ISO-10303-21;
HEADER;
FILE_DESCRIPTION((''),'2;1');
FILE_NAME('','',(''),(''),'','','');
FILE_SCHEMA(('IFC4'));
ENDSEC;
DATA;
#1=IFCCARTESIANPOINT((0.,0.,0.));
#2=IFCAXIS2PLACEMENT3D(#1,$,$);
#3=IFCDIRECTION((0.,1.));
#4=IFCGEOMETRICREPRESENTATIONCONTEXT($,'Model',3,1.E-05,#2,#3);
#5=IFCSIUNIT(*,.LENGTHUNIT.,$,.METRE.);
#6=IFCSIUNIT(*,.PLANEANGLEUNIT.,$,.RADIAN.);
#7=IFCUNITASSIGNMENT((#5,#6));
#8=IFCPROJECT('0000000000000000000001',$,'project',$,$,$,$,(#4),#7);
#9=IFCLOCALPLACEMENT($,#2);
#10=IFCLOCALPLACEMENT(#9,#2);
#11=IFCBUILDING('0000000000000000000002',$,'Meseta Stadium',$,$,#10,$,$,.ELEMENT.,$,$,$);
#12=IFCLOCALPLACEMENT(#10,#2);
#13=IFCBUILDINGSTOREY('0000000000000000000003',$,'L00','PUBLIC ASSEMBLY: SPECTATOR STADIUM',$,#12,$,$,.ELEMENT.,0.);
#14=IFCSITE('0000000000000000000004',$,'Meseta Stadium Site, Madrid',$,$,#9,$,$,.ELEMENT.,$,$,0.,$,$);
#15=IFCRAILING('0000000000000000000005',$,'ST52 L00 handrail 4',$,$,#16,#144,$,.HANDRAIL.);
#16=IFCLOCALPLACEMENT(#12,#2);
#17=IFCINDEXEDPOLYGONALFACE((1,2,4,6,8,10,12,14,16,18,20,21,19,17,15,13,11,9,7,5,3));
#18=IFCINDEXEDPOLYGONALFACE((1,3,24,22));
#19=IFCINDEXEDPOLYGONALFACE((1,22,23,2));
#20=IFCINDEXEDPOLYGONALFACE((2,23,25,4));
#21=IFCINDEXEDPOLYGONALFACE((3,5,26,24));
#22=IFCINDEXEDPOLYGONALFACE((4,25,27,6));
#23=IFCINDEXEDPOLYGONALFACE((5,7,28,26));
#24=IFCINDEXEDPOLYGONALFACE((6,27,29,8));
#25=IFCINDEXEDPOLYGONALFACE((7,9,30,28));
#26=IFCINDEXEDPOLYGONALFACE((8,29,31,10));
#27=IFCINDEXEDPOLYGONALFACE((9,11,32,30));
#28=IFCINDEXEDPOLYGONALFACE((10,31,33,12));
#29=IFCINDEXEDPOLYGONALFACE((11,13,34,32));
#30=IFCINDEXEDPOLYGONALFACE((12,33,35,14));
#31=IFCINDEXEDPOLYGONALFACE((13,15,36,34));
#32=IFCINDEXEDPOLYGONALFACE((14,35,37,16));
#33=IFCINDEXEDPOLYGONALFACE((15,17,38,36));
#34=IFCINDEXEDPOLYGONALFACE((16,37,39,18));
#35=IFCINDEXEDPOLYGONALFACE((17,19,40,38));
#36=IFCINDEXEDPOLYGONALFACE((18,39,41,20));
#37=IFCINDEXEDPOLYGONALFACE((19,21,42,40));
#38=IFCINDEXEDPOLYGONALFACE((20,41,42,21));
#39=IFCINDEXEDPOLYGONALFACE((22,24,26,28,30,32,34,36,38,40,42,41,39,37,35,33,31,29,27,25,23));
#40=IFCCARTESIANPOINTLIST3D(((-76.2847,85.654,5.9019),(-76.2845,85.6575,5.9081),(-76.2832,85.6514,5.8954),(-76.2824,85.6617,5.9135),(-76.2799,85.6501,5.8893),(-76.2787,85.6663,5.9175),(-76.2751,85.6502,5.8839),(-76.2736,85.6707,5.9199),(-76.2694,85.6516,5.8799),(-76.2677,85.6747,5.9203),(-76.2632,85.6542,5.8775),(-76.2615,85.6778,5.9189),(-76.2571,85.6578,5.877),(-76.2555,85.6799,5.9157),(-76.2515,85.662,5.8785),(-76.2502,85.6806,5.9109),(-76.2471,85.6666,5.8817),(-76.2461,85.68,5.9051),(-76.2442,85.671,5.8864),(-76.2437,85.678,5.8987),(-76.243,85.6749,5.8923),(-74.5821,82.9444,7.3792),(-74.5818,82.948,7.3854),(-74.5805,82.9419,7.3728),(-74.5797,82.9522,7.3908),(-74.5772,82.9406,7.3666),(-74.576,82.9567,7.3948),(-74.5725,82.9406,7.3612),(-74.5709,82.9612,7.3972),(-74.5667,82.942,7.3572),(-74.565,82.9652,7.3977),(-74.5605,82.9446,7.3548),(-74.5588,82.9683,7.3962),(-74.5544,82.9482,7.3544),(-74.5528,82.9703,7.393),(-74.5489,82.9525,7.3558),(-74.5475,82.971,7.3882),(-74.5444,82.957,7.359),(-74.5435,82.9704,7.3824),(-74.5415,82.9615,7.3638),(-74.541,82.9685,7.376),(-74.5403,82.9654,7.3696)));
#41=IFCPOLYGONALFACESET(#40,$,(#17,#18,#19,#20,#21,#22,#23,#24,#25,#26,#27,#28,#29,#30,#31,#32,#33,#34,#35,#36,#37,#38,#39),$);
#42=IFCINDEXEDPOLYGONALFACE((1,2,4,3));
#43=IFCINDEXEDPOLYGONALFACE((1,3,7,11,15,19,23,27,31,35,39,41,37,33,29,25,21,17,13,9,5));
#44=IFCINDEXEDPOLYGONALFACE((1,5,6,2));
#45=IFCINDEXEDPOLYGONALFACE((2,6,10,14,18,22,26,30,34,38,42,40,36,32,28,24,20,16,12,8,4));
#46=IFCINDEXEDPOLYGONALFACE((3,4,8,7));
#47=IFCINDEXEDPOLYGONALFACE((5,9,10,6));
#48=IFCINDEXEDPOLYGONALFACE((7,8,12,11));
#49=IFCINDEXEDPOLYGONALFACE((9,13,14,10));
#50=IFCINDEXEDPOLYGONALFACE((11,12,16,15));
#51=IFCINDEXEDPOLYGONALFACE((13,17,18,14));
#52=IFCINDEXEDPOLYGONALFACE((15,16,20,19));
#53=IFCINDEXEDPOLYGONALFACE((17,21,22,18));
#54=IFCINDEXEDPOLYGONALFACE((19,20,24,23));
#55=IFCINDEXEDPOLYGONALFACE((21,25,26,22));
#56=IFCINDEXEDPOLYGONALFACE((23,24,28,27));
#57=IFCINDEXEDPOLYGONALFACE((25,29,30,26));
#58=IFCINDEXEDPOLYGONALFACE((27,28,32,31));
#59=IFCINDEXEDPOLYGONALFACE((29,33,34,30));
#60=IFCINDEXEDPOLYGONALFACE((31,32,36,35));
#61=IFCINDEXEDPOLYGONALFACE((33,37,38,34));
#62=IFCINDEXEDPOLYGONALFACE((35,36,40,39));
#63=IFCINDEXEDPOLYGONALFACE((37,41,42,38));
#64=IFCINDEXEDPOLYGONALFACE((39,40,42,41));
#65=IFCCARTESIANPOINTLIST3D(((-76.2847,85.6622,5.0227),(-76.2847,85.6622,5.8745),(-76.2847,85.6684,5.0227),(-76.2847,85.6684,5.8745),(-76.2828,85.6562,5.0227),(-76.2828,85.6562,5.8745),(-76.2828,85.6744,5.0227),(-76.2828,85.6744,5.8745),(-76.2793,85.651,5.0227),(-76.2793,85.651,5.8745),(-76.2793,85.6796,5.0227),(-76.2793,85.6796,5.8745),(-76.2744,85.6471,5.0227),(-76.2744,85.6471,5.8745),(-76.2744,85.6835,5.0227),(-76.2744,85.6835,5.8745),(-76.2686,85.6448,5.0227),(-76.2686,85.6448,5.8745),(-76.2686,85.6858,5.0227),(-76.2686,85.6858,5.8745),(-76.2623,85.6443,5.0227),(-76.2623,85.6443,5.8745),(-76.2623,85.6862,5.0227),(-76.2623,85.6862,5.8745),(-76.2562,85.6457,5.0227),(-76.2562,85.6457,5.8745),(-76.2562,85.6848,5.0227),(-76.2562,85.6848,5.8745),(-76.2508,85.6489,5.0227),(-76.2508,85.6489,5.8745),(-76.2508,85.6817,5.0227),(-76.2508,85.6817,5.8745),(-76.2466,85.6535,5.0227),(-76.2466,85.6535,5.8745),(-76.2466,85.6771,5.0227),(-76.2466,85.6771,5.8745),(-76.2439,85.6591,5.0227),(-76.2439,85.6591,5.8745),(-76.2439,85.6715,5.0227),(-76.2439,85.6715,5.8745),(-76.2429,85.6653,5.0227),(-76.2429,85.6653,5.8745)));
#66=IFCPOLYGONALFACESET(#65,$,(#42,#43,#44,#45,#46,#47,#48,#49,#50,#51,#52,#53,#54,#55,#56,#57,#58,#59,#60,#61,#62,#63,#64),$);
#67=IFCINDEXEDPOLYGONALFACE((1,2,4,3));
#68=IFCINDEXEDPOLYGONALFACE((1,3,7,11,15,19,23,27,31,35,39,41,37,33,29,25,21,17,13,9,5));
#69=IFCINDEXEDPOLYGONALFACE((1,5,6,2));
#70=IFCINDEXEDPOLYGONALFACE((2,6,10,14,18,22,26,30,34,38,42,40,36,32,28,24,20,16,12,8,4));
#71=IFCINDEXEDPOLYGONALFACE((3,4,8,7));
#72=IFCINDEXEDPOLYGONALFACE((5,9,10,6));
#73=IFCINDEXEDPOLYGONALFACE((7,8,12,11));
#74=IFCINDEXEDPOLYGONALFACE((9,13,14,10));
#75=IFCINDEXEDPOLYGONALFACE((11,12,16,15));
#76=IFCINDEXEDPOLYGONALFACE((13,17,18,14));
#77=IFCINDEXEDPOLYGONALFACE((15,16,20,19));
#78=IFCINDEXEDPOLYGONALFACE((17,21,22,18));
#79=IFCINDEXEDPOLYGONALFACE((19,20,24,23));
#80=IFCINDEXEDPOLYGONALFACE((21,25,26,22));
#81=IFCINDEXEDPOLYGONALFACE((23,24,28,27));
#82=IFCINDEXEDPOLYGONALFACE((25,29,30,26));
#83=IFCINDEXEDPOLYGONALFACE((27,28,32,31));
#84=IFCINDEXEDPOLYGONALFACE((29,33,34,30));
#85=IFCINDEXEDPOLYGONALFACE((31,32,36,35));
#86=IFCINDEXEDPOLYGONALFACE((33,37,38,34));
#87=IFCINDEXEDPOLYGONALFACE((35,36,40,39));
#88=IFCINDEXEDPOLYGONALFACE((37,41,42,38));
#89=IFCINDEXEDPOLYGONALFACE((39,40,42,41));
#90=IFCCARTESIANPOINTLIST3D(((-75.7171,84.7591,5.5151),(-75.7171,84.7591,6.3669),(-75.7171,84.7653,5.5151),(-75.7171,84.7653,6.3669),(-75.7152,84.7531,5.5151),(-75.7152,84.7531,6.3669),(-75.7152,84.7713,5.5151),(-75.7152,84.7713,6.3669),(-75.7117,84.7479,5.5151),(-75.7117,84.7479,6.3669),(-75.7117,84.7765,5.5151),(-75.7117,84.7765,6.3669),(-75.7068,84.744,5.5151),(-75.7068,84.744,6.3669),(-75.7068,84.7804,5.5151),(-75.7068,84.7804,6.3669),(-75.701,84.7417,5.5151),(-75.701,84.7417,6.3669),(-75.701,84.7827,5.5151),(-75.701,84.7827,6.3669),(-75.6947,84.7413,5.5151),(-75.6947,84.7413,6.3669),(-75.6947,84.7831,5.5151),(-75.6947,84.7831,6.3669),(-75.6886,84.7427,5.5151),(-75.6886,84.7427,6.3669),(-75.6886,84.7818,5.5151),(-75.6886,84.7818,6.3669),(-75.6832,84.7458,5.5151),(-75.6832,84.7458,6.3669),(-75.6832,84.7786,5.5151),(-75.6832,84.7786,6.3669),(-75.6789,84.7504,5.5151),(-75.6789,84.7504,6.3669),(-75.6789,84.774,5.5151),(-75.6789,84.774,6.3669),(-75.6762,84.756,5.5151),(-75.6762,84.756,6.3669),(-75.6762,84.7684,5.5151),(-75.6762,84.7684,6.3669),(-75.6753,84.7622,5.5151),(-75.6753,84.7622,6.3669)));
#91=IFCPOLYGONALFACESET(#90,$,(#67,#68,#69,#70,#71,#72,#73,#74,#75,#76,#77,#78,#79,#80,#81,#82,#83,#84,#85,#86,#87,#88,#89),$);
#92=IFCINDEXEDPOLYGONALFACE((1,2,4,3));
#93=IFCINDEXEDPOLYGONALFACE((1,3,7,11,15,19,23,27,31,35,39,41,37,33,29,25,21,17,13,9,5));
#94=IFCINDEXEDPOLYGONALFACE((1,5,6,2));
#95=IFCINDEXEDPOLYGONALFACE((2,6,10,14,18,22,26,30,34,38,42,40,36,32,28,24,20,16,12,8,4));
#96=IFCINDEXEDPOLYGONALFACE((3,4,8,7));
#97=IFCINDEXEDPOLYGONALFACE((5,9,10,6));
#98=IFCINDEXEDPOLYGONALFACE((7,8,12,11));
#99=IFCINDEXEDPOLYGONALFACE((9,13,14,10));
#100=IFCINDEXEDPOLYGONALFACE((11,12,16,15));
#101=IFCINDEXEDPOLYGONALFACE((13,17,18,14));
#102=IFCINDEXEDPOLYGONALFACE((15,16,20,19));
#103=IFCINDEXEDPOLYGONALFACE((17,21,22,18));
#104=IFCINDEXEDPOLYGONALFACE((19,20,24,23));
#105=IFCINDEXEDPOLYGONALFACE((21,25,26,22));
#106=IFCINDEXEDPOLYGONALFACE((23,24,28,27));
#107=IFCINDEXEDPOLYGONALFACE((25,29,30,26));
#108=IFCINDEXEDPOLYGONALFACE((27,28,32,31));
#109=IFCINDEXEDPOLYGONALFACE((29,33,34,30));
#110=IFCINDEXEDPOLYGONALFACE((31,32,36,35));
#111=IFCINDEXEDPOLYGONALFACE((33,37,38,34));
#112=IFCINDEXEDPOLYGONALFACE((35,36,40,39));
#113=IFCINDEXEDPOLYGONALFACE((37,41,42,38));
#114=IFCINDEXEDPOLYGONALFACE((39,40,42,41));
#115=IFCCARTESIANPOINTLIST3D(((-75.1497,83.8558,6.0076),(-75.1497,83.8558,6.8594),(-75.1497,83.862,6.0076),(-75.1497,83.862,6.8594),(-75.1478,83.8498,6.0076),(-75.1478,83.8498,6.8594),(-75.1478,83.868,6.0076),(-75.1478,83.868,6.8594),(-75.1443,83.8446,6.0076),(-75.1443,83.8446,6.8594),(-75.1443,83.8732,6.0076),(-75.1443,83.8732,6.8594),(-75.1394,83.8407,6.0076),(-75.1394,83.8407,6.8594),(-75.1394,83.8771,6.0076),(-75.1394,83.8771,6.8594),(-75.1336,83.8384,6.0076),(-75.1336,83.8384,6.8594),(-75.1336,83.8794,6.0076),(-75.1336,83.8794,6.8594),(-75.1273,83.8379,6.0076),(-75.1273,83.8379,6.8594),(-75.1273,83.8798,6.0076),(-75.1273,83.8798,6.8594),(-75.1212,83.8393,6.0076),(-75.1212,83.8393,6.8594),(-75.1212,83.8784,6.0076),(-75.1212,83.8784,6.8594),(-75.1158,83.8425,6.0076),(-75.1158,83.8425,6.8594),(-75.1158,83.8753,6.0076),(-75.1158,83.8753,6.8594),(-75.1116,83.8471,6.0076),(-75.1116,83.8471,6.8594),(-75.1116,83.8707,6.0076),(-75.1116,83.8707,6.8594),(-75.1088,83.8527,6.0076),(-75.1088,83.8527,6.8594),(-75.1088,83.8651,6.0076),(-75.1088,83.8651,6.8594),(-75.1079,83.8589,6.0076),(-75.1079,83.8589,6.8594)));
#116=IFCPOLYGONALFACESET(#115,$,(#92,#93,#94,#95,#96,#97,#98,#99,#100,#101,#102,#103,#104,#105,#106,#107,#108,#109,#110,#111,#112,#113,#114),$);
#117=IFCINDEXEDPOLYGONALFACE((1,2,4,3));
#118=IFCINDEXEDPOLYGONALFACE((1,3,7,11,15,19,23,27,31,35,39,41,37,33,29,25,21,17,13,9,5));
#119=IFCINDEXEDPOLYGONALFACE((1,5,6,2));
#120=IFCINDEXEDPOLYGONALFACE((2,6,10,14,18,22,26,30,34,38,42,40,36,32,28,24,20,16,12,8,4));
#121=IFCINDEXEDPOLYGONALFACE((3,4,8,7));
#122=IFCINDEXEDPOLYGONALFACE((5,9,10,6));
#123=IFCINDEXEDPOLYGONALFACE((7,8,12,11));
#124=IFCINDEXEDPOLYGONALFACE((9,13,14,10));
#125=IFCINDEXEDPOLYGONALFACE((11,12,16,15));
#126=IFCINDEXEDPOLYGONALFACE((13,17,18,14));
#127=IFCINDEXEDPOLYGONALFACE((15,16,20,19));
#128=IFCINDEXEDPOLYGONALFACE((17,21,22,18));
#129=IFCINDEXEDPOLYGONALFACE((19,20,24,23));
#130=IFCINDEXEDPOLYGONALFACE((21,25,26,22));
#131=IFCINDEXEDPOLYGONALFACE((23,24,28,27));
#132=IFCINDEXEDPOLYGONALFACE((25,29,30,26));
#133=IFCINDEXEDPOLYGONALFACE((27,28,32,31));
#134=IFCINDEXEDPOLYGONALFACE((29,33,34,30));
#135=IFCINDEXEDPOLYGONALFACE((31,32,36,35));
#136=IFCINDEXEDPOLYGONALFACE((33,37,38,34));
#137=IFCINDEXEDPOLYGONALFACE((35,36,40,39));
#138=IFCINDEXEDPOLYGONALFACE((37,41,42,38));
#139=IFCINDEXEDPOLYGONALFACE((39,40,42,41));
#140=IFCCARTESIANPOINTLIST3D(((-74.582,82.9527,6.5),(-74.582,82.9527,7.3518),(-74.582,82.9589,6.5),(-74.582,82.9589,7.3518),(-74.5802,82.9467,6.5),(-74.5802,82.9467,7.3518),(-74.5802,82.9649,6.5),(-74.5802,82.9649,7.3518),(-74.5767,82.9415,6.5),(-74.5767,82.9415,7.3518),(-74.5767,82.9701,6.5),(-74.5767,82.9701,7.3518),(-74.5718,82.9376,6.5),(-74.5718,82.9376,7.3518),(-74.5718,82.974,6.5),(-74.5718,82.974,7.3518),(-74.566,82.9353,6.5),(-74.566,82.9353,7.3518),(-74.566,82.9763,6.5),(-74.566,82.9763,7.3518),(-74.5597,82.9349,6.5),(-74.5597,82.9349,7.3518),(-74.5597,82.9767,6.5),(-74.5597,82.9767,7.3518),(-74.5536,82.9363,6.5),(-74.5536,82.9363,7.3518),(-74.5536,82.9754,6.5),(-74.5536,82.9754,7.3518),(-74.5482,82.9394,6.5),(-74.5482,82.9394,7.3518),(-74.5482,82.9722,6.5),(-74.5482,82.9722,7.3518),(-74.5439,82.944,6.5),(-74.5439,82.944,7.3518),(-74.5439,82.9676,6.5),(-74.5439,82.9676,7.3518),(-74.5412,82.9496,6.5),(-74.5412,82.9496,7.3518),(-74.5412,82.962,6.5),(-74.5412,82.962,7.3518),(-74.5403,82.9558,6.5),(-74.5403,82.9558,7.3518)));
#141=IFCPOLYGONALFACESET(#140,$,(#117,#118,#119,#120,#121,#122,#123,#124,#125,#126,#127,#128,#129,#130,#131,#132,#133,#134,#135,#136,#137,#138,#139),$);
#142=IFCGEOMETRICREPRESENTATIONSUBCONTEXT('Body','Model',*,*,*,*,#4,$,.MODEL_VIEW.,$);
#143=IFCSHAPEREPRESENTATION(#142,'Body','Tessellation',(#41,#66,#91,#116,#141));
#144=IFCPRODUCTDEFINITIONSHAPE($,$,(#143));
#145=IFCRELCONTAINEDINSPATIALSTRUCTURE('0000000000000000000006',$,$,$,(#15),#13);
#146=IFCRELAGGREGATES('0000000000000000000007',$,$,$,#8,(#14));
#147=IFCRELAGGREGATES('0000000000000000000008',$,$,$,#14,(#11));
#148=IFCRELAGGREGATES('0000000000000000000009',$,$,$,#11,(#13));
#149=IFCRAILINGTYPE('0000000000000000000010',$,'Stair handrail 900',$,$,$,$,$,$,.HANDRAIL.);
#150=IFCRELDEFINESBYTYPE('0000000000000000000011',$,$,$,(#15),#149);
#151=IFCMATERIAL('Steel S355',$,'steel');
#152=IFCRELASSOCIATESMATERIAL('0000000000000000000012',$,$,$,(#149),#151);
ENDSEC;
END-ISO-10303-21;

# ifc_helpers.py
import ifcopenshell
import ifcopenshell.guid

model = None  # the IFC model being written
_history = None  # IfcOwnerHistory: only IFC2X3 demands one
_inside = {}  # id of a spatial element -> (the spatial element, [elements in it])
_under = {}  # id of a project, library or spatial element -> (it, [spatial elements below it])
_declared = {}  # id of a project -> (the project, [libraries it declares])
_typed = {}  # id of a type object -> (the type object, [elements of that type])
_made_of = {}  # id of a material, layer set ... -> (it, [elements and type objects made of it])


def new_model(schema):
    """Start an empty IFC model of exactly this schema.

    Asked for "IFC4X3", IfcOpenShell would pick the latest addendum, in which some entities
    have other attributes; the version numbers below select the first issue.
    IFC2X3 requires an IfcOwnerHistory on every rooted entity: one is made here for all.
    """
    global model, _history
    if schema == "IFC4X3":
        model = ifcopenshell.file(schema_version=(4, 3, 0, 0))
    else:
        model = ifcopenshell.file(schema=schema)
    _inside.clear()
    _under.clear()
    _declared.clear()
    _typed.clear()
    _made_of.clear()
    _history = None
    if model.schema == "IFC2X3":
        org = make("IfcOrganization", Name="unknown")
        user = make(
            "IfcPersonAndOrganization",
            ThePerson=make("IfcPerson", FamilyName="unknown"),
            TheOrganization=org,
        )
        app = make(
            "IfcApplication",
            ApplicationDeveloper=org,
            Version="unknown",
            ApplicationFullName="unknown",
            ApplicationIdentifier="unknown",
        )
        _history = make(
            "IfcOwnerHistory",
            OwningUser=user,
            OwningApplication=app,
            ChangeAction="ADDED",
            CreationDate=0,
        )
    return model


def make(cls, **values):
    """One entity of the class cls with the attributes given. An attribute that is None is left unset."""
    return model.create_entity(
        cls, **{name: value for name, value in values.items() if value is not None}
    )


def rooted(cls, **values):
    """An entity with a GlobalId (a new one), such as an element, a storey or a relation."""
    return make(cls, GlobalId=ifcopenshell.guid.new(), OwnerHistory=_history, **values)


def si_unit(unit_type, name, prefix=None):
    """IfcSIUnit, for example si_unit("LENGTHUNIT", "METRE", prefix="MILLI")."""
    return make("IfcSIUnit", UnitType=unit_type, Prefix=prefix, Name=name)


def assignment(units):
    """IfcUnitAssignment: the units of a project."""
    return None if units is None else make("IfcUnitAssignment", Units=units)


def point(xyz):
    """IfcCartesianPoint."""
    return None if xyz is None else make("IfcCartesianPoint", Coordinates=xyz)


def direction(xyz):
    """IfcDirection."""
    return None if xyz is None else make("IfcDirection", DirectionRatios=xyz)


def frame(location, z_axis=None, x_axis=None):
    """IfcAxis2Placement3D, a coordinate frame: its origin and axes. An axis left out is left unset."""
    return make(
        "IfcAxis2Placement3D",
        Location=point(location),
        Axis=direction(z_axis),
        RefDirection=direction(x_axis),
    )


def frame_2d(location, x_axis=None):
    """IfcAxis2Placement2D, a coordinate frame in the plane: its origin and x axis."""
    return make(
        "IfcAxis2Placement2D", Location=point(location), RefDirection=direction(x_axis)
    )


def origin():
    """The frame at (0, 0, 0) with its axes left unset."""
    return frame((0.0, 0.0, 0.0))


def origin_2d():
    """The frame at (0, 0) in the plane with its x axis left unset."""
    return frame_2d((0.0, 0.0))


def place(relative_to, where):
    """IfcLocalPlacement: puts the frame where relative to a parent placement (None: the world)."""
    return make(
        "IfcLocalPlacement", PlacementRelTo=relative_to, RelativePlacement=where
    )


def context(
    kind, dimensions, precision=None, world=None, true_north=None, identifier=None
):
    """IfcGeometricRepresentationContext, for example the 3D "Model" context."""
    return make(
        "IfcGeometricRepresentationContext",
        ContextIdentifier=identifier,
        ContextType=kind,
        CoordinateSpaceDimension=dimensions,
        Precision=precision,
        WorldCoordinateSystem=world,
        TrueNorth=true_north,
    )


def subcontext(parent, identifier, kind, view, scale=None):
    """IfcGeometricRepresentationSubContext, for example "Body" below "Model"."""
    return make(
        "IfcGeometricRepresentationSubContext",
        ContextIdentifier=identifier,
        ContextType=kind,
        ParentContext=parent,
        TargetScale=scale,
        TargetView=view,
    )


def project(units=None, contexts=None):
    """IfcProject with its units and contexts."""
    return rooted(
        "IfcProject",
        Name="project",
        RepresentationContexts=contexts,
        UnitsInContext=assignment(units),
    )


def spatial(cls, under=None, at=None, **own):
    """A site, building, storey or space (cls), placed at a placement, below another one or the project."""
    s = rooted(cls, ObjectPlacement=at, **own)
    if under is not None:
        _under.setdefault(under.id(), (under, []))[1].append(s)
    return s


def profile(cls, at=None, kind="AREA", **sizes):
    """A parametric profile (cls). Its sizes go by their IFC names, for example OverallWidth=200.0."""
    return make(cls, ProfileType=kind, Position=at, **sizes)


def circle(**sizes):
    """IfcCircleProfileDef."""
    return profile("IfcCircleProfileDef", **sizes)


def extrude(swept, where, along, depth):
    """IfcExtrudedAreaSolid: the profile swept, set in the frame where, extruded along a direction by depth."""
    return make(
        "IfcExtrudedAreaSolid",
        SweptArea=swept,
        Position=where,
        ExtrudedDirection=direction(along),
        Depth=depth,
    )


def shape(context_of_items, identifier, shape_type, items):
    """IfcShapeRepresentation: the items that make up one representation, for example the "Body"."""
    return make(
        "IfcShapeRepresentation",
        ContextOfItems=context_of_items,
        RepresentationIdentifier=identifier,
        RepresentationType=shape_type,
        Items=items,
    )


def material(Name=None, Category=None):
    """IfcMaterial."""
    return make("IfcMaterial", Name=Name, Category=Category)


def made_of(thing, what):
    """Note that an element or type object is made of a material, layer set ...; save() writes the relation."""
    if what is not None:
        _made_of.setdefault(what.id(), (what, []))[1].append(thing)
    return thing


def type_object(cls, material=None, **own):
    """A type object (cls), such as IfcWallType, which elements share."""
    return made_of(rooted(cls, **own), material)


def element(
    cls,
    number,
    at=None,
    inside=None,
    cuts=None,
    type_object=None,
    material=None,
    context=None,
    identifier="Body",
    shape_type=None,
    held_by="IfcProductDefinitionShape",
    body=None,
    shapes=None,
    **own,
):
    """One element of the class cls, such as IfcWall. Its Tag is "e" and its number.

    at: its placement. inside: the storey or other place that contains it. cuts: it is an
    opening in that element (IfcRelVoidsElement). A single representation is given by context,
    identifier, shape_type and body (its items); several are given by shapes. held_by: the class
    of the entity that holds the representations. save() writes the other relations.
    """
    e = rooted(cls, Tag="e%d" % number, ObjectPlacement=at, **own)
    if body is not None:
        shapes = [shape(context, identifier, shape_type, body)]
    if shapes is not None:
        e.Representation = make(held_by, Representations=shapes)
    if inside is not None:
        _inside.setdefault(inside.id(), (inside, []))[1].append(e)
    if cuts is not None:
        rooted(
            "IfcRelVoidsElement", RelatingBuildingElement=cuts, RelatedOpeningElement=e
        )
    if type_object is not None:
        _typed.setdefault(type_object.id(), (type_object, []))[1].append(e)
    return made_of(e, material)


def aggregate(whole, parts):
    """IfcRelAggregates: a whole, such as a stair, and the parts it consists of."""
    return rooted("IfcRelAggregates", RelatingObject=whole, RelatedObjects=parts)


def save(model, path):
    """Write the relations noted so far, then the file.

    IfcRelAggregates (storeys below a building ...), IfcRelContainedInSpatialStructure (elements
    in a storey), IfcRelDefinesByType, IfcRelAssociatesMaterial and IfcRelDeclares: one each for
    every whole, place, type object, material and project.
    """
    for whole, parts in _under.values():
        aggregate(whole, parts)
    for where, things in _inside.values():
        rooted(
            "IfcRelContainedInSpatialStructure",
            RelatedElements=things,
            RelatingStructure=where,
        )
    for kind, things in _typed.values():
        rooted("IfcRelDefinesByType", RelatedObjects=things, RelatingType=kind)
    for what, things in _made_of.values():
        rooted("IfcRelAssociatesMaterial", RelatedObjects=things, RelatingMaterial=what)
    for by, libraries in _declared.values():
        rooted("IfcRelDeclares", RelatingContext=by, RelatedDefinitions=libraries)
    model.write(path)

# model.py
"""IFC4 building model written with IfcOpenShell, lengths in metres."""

from ifc_helpers import new_model, si_unit, direction, frame, origin, origin_2d, place, context, subcontext, project, spatial, circle, extrude, material, type_object, element, save


model = new_model("IFC4")

# Units and contexts
model_context = context("Model", 3, precision=1e-05, world=origin(), true_north=direction((0.0, 1.0)))
body_context = subcontext(model_context, "Body", "Model", "MODEL_VIEW")
ifc_project = project(units=[si_unit("LENGTHUNIT", "METRE"), si_unit("PLANEANGLEUNIT", "RADIAN")], contexts=[model_context])

# Site, building, storey
site_placement = place(None, origin())
site = spatial("IfcSite", under=ifc_project, at=site_placement, Name="Meseta Stadium Site, Madrid", CompositionType="ELEMENT", RefElevation=0.0)
building_placement = place(site_placement, origin())
building = spatial("IfcBuilding", under=site, at=building_placement, Name="Meseta Stadium", CompositionType="ELEMENT")
storey_placement = place(building_placement, origin())
storey = spatial("IfcBuildingStorey", under=building, at=storey_placement, Name="L00", Description="PUBLIC ASSEMBLY: SPECTATOR STADIUM", CompositionType="ELEMENT", Elevation=0.0)

# Railing
ifc_material_1 = material(Name="Steel S355", Category="steel")
railing_type = type_object("IfcRailingType", Name="Stair handrail 900", PredefinedType="HANDRAIL", material=ifc_material_1)
for number, where, name in (
    (1, (-76.2639, 85.6653, 5.0227), "ST52 L00 handrail 4"),
):
    element("IfcRailing", number, at=place(storey_placement, frame(where)), inside=storey, type_object=railing_type, Name=name, PredefinedType="HANDRAIL", context=body_context, shape_type="SweptSolid", body=[
        extrude(circle(Radius=0.0239, at=origin_2d()), frame((0.0, 0.0, 0.876), z_axis=(0.483076, -0.768738, 0.419142), x_axis=(0.846701, 0.532068, 0.0)), (0.0, 0.0, 1.0), 3.5247),
        extrude(circle(Radius=0.021, at=origin_2d()), origin(), (0.0, 0.0, 1.0), 0.8518),
        extrude(circle(Radius=0.021, at=origin_2d()), frame((0.5676, -0.9031, 0.4924)), (0.0, 0.0, 1.0), 0.8518),
        extrude(circle(Radius=0.021, at=origin_2d()), frame((1.135, -1.8064, 0.9849)), (0.0, 0.0, 1.0), 0.8518),
        extrude(circle(Radius=0.021, at=origin_2d()), frame((1.7026, -2.7095, 1.4773)), (0.0, 0.0, 1.0), 0.8518),
    ])

save(model, "model.ifc")
